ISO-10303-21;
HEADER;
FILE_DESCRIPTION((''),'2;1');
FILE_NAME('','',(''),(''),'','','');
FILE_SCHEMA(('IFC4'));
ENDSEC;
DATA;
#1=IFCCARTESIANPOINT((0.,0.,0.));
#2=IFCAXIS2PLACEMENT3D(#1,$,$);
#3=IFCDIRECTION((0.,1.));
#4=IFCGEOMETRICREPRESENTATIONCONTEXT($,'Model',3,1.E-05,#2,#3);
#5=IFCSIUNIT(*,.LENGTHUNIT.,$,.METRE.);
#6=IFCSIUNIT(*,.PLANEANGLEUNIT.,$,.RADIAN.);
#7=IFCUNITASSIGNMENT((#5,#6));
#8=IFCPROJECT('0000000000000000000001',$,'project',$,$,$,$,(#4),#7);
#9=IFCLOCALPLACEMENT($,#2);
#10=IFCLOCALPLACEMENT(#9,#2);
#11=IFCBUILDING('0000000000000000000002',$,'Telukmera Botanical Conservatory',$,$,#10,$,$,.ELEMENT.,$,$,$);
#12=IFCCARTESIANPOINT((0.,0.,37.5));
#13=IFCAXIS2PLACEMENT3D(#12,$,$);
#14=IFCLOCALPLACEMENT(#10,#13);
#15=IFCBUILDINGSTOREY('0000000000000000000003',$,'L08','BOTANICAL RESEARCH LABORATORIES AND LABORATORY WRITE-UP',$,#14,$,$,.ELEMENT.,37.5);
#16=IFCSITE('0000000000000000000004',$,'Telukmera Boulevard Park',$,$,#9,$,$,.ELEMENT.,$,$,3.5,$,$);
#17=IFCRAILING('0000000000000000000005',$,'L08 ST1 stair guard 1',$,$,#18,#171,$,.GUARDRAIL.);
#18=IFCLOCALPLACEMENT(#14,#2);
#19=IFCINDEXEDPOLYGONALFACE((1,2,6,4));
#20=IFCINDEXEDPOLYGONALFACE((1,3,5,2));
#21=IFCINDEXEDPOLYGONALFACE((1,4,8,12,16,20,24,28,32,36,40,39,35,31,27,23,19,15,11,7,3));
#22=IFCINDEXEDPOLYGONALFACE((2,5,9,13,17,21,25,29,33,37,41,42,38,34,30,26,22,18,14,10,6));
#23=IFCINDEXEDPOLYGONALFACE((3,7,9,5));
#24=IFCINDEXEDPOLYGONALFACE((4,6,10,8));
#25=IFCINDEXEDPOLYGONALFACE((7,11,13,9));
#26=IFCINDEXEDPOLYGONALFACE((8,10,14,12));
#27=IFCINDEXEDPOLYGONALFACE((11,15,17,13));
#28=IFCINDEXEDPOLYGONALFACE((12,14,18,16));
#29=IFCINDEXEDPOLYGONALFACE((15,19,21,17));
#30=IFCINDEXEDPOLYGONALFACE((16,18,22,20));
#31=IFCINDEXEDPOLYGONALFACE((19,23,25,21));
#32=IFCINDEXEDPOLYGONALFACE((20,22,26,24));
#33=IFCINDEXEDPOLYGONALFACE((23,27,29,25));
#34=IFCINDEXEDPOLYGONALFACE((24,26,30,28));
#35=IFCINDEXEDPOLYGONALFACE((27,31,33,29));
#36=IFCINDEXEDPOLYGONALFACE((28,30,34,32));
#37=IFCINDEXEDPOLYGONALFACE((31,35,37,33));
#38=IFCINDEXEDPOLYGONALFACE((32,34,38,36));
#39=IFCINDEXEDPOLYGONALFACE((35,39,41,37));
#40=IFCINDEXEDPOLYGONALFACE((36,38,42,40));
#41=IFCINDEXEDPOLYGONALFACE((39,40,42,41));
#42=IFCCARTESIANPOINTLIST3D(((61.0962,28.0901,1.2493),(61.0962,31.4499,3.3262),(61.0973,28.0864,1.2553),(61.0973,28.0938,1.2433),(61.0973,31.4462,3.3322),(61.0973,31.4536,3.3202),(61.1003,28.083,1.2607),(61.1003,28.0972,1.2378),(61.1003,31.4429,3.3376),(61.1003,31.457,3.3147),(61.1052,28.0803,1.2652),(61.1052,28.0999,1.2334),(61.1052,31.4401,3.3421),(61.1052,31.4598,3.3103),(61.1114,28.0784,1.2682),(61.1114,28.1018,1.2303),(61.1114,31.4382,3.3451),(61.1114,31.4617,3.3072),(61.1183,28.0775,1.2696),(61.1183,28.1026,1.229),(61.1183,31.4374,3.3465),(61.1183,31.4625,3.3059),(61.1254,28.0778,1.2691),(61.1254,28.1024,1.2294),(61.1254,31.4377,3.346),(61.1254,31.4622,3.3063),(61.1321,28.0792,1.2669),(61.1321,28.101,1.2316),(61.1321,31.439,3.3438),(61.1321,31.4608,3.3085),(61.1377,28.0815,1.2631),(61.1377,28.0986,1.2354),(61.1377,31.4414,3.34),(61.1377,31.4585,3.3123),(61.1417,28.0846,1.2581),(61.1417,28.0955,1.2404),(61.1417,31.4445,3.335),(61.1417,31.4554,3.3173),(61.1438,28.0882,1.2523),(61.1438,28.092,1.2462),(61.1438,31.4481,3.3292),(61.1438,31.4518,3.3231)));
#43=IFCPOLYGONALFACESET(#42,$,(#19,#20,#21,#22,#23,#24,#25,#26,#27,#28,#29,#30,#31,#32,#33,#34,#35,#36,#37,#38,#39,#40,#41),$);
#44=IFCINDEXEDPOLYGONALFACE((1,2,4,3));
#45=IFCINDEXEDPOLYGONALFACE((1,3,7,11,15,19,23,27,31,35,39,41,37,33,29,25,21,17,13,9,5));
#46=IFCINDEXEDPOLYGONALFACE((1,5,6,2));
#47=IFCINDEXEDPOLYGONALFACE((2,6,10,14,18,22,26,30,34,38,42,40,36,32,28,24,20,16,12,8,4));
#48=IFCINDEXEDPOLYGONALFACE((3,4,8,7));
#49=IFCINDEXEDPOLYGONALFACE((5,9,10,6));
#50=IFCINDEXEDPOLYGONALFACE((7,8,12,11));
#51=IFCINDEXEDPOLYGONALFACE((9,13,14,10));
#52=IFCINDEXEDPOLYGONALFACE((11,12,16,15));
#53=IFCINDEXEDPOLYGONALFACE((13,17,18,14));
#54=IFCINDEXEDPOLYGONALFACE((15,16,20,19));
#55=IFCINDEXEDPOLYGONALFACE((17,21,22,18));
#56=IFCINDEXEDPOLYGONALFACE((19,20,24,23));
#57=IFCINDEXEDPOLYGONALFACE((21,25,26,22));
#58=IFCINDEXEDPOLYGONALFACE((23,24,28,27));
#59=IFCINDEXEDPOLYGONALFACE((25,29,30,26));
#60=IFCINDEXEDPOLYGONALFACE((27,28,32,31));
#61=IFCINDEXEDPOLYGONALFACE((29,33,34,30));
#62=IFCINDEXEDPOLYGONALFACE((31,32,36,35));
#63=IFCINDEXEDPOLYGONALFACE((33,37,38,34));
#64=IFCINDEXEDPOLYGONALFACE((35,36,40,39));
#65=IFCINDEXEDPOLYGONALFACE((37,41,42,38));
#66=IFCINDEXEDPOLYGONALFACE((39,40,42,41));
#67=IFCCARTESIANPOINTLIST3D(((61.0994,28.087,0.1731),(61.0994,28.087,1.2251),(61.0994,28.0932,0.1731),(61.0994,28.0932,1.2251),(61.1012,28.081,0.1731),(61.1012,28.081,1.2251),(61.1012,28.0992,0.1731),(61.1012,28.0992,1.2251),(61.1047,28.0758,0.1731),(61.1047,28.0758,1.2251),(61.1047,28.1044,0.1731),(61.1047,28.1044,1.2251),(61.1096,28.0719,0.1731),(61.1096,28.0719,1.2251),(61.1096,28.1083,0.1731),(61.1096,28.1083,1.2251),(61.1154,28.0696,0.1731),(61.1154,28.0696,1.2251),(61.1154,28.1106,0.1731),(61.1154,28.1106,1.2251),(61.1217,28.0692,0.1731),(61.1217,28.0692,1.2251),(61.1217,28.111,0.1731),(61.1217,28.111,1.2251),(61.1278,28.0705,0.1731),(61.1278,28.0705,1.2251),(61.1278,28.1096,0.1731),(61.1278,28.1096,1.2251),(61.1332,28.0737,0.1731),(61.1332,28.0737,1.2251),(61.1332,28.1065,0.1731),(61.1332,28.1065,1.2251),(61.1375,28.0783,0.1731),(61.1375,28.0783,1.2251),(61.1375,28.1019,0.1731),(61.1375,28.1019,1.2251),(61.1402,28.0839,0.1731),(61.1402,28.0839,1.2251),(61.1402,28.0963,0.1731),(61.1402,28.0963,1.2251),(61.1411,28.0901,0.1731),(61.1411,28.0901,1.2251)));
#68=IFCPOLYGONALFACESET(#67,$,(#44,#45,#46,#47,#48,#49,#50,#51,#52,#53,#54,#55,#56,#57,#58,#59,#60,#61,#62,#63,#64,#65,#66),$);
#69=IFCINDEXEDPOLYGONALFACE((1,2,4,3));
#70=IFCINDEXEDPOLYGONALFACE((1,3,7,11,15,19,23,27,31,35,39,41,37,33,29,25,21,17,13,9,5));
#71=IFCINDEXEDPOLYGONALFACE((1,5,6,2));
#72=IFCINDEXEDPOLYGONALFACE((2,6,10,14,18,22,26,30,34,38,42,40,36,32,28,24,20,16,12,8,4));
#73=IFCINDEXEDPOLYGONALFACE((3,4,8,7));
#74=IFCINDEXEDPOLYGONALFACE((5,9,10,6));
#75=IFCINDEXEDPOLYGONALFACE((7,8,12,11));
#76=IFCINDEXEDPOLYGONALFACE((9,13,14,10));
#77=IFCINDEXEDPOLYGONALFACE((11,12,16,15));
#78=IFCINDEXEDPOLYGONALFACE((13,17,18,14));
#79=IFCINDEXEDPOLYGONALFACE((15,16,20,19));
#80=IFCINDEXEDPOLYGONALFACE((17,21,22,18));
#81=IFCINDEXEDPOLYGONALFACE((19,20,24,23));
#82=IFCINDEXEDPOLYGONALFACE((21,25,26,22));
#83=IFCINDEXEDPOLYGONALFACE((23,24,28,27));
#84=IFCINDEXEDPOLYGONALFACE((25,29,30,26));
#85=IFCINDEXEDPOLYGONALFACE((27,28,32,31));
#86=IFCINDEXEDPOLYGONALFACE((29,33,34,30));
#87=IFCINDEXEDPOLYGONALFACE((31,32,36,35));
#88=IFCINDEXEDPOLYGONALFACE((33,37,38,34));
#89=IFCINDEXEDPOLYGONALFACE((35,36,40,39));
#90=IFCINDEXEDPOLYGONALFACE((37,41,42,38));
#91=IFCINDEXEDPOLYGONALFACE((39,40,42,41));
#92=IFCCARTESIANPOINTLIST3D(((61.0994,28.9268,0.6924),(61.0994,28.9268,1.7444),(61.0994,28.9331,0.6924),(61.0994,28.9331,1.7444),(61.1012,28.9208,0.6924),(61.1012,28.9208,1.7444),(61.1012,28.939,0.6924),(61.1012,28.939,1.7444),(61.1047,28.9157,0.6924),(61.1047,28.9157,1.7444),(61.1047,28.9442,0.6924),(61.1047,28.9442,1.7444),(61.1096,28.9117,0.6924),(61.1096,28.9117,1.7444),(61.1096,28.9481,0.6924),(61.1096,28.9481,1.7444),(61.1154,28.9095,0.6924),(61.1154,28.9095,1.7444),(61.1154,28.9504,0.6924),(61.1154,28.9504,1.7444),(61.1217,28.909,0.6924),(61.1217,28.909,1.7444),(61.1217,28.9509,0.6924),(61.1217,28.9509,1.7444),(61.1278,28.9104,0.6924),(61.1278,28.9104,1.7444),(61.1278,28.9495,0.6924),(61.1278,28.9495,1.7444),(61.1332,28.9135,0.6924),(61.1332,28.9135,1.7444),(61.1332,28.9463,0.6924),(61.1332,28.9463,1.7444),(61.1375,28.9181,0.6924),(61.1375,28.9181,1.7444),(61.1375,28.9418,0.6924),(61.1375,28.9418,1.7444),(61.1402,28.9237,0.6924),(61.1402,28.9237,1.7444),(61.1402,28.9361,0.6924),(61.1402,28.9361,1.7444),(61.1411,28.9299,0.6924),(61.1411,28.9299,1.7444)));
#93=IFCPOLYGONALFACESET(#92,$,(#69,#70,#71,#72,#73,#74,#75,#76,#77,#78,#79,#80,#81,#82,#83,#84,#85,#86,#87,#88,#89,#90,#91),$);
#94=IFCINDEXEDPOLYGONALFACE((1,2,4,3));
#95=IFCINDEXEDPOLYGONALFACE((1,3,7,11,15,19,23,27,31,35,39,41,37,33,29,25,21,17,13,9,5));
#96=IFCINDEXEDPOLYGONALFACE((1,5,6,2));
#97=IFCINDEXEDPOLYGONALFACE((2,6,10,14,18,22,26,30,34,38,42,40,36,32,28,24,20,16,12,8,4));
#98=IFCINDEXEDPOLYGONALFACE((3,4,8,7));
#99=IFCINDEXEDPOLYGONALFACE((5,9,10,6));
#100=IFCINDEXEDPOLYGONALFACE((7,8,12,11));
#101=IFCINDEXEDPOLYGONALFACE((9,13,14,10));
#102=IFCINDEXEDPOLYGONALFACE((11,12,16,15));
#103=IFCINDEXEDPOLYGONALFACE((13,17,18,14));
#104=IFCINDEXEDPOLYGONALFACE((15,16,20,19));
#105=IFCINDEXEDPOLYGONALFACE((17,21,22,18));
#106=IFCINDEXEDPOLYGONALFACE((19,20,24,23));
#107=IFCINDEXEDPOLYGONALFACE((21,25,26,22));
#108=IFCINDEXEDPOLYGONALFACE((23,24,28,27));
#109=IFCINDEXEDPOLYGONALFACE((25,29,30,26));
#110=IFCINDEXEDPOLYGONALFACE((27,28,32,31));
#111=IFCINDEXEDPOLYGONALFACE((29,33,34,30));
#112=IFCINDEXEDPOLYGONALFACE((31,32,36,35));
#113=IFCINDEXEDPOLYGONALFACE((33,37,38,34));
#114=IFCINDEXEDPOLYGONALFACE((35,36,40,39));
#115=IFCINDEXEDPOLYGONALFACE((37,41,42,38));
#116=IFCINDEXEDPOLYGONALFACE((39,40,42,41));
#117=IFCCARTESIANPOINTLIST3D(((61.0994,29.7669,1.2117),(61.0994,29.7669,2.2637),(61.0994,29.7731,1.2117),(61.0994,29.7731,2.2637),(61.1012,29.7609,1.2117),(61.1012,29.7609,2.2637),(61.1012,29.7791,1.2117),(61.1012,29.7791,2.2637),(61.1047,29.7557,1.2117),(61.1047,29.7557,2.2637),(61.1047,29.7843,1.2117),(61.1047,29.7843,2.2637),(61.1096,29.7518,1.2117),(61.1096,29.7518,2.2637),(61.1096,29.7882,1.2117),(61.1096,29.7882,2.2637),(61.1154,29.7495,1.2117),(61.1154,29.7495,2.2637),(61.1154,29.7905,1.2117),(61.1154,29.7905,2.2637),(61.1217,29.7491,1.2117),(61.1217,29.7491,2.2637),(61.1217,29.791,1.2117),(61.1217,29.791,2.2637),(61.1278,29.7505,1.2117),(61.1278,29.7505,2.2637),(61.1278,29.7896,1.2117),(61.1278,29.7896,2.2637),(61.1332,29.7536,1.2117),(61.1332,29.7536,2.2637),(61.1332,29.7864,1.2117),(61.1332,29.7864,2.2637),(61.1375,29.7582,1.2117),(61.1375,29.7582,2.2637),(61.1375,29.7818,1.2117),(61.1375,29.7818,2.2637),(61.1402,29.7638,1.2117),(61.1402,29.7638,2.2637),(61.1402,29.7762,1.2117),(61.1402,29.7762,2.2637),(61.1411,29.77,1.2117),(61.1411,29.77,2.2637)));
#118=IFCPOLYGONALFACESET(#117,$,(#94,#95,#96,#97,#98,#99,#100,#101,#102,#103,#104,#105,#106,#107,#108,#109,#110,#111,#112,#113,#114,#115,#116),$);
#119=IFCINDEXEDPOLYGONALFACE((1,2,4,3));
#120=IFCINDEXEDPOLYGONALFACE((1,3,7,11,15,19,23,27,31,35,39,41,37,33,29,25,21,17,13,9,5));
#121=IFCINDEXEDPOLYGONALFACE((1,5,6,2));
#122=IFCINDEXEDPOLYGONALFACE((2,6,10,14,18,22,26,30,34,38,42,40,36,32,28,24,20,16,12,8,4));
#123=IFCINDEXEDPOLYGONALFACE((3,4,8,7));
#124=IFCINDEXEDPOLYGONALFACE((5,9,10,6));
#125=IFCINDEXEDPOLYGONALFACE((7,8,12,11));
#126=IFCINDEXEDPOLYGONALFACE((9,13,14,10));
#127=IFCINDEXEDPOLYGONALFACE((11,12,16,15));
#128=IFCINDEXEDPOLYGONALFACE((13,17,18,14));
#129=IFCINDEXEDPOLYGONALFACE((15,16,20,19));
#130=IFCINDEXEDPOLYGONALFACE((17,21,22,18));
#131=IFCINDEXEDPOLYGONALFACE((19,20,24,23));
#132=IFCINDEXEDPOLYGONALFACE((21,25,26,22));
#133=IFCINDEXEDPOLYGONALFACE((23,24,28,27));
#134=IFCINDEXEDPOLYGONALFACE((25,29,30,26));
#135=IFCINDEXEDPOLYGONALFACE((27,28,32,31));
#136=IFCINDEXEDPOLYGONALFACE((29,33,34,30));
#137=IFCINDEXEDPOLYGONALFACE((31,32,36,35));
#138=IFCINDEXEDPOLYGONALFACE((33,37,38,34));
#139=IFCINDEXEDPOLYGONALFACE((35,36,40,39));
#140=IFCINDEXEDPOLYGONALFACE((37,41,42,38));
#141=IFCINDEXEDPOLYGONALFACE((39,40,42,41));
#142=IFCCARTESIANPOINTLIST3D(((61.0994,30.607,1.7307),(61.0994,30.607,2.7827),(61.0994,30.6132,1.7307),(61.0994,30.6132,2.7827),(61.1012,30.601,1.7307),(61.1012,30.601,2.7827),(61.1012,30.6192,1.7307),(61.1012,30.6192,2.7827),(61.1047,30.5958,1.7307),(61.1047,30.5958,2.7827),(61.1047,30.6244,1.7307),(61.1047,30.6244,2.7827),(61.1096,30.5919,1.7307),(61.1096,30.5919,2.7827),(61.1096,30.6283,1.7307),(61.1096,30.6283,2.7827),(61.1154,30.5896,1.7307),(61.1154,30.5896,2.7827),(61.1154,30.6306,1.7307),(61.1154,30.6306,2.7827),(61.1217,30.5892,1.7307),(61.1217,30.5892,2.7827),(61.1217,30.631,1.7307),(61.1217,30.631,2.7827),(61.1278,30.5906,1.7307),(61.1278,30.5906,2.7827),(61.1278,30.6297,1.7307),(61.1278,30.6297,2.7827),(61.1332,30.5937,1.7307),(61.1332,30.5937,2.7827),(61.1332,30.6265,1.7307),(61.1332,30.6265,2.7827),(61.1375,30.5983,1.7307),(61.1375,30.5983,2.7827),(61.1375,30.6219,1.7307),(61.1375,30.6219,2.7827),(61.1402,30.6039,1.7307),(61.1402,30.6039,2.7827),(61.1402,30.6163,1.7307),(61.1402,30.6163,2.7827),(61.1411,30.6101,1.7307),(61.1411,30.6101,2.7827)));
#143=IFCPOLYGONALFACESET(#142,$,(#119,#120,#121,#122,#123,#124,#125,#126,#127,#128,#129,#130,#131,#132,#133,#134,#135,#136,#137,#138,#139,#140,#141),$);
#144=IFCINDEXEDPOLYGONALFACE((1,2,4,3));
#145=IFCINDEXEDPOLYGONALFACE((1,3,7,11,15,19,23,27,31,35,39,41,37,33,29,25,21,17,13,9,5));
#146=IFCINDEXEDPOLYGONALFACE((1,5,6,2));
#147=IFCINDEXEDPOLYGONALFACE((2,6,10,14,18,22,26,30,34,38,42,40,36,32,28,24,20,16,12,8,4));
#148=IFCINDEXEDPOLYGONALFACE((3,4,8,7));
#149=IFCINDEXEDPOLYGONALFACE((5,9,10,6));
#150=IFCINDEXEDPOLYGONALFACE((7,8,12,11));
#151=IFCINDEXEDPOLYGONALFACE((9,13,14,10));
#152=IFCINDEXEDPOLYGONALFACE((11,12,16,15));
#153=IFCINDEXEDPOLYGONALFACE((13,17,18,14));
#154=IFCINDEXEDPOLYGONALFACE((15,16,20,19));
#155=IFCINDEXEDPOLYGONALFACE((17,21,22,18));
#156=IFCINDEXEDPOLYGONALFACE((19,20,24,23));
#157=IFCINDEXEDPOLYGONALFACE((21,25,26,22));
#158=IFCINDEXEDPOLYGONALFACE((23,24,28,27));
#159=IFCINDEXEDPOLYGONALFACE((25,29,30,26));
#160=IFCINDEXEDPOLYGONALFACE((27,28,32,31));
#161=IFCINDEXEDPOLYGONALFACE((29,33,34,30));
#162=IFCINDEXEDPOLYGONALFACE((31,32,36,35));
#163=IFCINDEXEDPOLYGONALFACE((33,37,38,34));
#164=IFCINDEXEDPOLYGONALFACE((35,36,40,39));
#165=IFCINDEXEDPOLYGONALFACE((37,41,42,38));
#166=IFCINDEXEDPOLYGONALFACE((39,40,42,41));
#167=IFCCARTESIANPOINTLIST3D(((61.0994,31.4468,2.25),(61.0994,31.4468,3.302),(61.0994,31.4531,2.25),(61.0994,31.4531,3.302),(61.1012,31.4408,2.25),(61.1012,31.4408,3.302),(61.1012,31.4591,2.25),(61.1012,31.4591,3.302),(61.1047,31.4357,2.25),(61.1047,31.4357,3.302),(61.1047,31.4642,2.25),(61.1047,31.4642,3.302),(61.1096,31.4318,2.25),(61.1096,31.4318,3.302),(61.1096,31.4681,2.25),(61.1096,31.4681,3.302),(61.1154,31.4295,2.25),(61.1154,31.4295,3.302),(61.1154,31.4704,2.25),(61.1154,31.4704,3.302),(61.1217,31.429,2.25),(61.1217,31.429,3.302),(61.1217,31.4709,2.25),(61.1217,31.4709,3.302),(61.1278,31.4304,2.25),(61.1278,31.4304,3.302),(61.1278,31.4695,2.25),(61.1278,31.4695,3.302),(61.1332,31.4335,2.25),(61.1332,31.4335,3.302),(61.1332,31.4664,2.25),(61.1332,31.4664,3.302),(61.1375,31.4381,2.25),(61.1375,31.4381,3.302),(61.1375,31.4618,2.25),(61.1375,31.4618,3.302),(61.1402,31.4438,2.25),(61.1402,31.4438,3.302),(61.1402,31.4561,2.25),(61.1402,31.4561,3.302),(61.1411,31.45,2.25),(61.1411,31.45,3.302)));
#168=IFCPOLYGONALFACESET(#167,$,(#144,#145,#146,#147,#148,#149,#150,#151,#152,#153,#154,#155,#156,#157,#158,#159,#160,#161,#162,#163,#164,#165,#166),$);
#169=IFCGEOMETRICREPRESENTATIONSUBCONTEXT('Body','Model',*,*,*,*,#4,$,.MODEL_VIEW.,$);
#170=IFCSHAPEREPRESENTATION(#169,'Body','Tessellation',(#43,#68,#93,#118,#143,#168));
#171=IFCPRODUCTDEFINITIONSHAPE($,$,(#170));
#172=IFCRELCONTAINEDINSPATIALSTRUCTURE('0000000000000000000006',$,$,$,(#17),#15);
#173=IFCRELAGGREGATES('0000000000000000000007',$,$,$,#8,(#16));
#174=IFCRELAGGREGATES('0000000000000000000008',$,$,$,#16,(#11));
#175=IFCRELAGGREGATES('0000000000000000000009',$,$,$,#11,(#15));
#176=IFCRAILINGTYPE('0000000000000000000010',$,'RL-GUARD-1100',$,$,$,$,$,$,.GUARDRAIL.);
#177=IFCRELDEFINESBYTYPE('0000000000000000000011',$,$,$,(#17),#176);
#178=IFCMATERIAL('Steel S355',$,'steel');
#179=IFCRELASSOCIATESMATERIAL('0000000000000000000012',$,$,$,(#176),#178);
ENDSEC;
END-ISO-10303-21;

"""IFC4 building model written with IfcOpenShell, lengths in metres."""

from ifc_helpers import new_model, si_unit, direction, frame, origin, origin_2d, place, context, subcontext, project, spatial, circle, extrude, material, type_object, element, save


model = new_model("IFC4")

# Units and contexts
model_context = context("Model", 3, precision=1e-05, world=origin(), true_north=direction((0.0, 1.0)))
body_context = subcontext(model_context, "Body", "Model", "MODEL_VIEW")
ifc_project = project(units=[si_unit("LENGTHUNIT", "METRE"), si_unit("PLANEANGLEUNIT", "RADIAN")], contexts=[model_context])

# Site, building, storey
site_placement = place(None, origin())
site = spatial("IfcSite", under=ifc_project, at=site_placement, Name="Telukmera Boulevard Park", CompositionType="ELEMENT", RefElevation=3.5)
building_placement = place(site_placement, origin())
building = spatial("IfcBuilding", under=site, at=building_placement, Name="Telukmera Botanical Conservatory", CompositionType="ELEMENT")
storey_placement = place(building_placement, frame((0.0, 0.0, 37.5)))
storey = spatial("IfcBuildingStorey", under=building, at=storey_placement, Name="L08", Description="BOTANICAL RESEARCH LABORATORIES AND LABORATORY WRITE-UP", CompositionType="ELEMENT", Elevation=37.5)

# Railing
ifc_material_1 = material(Name="Steel S355", Category="steel")
railing_type_1 = type_object("IfcRailingType", Name="RL-GUARD-1100", PredefinedType="GUARDRAIL", material=ifc_material_1)
railing_1_placement = place(storey_placement, frame((61.1201, 28.0901, 0.1731)))
element("IfcRailing", 1, at=railing_1_placement, inside=storey, type_object=railing_type_1, Name="L08 ST1 stair guard 1", PredefinedType="GUARDRAIL", context=body_context, shape_type="SweptSolid", body=[
    extrude(circle(Radius=0.0239, at=origin_2d()), frame((0.0, 0.0, 1.0762), z_axis=(0.0, 0.850606, 0.525803), x_axis=(-1.0, 0.0, 0.0)), (0.0, 0.0, 1.0), 3.95),
    extrude(circle(Radius=0.021, at=origin_2d()), origin(), (0.0, 0.0, 1.0), 1.052),
    extrude(circle(Radius=0.021, at=origin_2d()), frame((0.0, 0.8398, 0.5193)), (0.0, 0.0, 1.0), 1.052),
    extrude(circle(Radius=0.021, at=origin_2d()), frame((0.0, 1.6799, 1.0386)), (0.0, 0.0, 1.0), 1.052),
    extrude(circle(Radius=0.021, at=origin_2d()), frame((0.0, 2.52, 1.5576)), (0.0, 0.0, 1.0), 1.052),
    extrude(circle(Radius=0.021, at=origin_2d()), frame((0.0, 3.3599, 2.0769)), (0.0, 0.0, 1.0), 1.052),
])

save(model, "model.ifc")
